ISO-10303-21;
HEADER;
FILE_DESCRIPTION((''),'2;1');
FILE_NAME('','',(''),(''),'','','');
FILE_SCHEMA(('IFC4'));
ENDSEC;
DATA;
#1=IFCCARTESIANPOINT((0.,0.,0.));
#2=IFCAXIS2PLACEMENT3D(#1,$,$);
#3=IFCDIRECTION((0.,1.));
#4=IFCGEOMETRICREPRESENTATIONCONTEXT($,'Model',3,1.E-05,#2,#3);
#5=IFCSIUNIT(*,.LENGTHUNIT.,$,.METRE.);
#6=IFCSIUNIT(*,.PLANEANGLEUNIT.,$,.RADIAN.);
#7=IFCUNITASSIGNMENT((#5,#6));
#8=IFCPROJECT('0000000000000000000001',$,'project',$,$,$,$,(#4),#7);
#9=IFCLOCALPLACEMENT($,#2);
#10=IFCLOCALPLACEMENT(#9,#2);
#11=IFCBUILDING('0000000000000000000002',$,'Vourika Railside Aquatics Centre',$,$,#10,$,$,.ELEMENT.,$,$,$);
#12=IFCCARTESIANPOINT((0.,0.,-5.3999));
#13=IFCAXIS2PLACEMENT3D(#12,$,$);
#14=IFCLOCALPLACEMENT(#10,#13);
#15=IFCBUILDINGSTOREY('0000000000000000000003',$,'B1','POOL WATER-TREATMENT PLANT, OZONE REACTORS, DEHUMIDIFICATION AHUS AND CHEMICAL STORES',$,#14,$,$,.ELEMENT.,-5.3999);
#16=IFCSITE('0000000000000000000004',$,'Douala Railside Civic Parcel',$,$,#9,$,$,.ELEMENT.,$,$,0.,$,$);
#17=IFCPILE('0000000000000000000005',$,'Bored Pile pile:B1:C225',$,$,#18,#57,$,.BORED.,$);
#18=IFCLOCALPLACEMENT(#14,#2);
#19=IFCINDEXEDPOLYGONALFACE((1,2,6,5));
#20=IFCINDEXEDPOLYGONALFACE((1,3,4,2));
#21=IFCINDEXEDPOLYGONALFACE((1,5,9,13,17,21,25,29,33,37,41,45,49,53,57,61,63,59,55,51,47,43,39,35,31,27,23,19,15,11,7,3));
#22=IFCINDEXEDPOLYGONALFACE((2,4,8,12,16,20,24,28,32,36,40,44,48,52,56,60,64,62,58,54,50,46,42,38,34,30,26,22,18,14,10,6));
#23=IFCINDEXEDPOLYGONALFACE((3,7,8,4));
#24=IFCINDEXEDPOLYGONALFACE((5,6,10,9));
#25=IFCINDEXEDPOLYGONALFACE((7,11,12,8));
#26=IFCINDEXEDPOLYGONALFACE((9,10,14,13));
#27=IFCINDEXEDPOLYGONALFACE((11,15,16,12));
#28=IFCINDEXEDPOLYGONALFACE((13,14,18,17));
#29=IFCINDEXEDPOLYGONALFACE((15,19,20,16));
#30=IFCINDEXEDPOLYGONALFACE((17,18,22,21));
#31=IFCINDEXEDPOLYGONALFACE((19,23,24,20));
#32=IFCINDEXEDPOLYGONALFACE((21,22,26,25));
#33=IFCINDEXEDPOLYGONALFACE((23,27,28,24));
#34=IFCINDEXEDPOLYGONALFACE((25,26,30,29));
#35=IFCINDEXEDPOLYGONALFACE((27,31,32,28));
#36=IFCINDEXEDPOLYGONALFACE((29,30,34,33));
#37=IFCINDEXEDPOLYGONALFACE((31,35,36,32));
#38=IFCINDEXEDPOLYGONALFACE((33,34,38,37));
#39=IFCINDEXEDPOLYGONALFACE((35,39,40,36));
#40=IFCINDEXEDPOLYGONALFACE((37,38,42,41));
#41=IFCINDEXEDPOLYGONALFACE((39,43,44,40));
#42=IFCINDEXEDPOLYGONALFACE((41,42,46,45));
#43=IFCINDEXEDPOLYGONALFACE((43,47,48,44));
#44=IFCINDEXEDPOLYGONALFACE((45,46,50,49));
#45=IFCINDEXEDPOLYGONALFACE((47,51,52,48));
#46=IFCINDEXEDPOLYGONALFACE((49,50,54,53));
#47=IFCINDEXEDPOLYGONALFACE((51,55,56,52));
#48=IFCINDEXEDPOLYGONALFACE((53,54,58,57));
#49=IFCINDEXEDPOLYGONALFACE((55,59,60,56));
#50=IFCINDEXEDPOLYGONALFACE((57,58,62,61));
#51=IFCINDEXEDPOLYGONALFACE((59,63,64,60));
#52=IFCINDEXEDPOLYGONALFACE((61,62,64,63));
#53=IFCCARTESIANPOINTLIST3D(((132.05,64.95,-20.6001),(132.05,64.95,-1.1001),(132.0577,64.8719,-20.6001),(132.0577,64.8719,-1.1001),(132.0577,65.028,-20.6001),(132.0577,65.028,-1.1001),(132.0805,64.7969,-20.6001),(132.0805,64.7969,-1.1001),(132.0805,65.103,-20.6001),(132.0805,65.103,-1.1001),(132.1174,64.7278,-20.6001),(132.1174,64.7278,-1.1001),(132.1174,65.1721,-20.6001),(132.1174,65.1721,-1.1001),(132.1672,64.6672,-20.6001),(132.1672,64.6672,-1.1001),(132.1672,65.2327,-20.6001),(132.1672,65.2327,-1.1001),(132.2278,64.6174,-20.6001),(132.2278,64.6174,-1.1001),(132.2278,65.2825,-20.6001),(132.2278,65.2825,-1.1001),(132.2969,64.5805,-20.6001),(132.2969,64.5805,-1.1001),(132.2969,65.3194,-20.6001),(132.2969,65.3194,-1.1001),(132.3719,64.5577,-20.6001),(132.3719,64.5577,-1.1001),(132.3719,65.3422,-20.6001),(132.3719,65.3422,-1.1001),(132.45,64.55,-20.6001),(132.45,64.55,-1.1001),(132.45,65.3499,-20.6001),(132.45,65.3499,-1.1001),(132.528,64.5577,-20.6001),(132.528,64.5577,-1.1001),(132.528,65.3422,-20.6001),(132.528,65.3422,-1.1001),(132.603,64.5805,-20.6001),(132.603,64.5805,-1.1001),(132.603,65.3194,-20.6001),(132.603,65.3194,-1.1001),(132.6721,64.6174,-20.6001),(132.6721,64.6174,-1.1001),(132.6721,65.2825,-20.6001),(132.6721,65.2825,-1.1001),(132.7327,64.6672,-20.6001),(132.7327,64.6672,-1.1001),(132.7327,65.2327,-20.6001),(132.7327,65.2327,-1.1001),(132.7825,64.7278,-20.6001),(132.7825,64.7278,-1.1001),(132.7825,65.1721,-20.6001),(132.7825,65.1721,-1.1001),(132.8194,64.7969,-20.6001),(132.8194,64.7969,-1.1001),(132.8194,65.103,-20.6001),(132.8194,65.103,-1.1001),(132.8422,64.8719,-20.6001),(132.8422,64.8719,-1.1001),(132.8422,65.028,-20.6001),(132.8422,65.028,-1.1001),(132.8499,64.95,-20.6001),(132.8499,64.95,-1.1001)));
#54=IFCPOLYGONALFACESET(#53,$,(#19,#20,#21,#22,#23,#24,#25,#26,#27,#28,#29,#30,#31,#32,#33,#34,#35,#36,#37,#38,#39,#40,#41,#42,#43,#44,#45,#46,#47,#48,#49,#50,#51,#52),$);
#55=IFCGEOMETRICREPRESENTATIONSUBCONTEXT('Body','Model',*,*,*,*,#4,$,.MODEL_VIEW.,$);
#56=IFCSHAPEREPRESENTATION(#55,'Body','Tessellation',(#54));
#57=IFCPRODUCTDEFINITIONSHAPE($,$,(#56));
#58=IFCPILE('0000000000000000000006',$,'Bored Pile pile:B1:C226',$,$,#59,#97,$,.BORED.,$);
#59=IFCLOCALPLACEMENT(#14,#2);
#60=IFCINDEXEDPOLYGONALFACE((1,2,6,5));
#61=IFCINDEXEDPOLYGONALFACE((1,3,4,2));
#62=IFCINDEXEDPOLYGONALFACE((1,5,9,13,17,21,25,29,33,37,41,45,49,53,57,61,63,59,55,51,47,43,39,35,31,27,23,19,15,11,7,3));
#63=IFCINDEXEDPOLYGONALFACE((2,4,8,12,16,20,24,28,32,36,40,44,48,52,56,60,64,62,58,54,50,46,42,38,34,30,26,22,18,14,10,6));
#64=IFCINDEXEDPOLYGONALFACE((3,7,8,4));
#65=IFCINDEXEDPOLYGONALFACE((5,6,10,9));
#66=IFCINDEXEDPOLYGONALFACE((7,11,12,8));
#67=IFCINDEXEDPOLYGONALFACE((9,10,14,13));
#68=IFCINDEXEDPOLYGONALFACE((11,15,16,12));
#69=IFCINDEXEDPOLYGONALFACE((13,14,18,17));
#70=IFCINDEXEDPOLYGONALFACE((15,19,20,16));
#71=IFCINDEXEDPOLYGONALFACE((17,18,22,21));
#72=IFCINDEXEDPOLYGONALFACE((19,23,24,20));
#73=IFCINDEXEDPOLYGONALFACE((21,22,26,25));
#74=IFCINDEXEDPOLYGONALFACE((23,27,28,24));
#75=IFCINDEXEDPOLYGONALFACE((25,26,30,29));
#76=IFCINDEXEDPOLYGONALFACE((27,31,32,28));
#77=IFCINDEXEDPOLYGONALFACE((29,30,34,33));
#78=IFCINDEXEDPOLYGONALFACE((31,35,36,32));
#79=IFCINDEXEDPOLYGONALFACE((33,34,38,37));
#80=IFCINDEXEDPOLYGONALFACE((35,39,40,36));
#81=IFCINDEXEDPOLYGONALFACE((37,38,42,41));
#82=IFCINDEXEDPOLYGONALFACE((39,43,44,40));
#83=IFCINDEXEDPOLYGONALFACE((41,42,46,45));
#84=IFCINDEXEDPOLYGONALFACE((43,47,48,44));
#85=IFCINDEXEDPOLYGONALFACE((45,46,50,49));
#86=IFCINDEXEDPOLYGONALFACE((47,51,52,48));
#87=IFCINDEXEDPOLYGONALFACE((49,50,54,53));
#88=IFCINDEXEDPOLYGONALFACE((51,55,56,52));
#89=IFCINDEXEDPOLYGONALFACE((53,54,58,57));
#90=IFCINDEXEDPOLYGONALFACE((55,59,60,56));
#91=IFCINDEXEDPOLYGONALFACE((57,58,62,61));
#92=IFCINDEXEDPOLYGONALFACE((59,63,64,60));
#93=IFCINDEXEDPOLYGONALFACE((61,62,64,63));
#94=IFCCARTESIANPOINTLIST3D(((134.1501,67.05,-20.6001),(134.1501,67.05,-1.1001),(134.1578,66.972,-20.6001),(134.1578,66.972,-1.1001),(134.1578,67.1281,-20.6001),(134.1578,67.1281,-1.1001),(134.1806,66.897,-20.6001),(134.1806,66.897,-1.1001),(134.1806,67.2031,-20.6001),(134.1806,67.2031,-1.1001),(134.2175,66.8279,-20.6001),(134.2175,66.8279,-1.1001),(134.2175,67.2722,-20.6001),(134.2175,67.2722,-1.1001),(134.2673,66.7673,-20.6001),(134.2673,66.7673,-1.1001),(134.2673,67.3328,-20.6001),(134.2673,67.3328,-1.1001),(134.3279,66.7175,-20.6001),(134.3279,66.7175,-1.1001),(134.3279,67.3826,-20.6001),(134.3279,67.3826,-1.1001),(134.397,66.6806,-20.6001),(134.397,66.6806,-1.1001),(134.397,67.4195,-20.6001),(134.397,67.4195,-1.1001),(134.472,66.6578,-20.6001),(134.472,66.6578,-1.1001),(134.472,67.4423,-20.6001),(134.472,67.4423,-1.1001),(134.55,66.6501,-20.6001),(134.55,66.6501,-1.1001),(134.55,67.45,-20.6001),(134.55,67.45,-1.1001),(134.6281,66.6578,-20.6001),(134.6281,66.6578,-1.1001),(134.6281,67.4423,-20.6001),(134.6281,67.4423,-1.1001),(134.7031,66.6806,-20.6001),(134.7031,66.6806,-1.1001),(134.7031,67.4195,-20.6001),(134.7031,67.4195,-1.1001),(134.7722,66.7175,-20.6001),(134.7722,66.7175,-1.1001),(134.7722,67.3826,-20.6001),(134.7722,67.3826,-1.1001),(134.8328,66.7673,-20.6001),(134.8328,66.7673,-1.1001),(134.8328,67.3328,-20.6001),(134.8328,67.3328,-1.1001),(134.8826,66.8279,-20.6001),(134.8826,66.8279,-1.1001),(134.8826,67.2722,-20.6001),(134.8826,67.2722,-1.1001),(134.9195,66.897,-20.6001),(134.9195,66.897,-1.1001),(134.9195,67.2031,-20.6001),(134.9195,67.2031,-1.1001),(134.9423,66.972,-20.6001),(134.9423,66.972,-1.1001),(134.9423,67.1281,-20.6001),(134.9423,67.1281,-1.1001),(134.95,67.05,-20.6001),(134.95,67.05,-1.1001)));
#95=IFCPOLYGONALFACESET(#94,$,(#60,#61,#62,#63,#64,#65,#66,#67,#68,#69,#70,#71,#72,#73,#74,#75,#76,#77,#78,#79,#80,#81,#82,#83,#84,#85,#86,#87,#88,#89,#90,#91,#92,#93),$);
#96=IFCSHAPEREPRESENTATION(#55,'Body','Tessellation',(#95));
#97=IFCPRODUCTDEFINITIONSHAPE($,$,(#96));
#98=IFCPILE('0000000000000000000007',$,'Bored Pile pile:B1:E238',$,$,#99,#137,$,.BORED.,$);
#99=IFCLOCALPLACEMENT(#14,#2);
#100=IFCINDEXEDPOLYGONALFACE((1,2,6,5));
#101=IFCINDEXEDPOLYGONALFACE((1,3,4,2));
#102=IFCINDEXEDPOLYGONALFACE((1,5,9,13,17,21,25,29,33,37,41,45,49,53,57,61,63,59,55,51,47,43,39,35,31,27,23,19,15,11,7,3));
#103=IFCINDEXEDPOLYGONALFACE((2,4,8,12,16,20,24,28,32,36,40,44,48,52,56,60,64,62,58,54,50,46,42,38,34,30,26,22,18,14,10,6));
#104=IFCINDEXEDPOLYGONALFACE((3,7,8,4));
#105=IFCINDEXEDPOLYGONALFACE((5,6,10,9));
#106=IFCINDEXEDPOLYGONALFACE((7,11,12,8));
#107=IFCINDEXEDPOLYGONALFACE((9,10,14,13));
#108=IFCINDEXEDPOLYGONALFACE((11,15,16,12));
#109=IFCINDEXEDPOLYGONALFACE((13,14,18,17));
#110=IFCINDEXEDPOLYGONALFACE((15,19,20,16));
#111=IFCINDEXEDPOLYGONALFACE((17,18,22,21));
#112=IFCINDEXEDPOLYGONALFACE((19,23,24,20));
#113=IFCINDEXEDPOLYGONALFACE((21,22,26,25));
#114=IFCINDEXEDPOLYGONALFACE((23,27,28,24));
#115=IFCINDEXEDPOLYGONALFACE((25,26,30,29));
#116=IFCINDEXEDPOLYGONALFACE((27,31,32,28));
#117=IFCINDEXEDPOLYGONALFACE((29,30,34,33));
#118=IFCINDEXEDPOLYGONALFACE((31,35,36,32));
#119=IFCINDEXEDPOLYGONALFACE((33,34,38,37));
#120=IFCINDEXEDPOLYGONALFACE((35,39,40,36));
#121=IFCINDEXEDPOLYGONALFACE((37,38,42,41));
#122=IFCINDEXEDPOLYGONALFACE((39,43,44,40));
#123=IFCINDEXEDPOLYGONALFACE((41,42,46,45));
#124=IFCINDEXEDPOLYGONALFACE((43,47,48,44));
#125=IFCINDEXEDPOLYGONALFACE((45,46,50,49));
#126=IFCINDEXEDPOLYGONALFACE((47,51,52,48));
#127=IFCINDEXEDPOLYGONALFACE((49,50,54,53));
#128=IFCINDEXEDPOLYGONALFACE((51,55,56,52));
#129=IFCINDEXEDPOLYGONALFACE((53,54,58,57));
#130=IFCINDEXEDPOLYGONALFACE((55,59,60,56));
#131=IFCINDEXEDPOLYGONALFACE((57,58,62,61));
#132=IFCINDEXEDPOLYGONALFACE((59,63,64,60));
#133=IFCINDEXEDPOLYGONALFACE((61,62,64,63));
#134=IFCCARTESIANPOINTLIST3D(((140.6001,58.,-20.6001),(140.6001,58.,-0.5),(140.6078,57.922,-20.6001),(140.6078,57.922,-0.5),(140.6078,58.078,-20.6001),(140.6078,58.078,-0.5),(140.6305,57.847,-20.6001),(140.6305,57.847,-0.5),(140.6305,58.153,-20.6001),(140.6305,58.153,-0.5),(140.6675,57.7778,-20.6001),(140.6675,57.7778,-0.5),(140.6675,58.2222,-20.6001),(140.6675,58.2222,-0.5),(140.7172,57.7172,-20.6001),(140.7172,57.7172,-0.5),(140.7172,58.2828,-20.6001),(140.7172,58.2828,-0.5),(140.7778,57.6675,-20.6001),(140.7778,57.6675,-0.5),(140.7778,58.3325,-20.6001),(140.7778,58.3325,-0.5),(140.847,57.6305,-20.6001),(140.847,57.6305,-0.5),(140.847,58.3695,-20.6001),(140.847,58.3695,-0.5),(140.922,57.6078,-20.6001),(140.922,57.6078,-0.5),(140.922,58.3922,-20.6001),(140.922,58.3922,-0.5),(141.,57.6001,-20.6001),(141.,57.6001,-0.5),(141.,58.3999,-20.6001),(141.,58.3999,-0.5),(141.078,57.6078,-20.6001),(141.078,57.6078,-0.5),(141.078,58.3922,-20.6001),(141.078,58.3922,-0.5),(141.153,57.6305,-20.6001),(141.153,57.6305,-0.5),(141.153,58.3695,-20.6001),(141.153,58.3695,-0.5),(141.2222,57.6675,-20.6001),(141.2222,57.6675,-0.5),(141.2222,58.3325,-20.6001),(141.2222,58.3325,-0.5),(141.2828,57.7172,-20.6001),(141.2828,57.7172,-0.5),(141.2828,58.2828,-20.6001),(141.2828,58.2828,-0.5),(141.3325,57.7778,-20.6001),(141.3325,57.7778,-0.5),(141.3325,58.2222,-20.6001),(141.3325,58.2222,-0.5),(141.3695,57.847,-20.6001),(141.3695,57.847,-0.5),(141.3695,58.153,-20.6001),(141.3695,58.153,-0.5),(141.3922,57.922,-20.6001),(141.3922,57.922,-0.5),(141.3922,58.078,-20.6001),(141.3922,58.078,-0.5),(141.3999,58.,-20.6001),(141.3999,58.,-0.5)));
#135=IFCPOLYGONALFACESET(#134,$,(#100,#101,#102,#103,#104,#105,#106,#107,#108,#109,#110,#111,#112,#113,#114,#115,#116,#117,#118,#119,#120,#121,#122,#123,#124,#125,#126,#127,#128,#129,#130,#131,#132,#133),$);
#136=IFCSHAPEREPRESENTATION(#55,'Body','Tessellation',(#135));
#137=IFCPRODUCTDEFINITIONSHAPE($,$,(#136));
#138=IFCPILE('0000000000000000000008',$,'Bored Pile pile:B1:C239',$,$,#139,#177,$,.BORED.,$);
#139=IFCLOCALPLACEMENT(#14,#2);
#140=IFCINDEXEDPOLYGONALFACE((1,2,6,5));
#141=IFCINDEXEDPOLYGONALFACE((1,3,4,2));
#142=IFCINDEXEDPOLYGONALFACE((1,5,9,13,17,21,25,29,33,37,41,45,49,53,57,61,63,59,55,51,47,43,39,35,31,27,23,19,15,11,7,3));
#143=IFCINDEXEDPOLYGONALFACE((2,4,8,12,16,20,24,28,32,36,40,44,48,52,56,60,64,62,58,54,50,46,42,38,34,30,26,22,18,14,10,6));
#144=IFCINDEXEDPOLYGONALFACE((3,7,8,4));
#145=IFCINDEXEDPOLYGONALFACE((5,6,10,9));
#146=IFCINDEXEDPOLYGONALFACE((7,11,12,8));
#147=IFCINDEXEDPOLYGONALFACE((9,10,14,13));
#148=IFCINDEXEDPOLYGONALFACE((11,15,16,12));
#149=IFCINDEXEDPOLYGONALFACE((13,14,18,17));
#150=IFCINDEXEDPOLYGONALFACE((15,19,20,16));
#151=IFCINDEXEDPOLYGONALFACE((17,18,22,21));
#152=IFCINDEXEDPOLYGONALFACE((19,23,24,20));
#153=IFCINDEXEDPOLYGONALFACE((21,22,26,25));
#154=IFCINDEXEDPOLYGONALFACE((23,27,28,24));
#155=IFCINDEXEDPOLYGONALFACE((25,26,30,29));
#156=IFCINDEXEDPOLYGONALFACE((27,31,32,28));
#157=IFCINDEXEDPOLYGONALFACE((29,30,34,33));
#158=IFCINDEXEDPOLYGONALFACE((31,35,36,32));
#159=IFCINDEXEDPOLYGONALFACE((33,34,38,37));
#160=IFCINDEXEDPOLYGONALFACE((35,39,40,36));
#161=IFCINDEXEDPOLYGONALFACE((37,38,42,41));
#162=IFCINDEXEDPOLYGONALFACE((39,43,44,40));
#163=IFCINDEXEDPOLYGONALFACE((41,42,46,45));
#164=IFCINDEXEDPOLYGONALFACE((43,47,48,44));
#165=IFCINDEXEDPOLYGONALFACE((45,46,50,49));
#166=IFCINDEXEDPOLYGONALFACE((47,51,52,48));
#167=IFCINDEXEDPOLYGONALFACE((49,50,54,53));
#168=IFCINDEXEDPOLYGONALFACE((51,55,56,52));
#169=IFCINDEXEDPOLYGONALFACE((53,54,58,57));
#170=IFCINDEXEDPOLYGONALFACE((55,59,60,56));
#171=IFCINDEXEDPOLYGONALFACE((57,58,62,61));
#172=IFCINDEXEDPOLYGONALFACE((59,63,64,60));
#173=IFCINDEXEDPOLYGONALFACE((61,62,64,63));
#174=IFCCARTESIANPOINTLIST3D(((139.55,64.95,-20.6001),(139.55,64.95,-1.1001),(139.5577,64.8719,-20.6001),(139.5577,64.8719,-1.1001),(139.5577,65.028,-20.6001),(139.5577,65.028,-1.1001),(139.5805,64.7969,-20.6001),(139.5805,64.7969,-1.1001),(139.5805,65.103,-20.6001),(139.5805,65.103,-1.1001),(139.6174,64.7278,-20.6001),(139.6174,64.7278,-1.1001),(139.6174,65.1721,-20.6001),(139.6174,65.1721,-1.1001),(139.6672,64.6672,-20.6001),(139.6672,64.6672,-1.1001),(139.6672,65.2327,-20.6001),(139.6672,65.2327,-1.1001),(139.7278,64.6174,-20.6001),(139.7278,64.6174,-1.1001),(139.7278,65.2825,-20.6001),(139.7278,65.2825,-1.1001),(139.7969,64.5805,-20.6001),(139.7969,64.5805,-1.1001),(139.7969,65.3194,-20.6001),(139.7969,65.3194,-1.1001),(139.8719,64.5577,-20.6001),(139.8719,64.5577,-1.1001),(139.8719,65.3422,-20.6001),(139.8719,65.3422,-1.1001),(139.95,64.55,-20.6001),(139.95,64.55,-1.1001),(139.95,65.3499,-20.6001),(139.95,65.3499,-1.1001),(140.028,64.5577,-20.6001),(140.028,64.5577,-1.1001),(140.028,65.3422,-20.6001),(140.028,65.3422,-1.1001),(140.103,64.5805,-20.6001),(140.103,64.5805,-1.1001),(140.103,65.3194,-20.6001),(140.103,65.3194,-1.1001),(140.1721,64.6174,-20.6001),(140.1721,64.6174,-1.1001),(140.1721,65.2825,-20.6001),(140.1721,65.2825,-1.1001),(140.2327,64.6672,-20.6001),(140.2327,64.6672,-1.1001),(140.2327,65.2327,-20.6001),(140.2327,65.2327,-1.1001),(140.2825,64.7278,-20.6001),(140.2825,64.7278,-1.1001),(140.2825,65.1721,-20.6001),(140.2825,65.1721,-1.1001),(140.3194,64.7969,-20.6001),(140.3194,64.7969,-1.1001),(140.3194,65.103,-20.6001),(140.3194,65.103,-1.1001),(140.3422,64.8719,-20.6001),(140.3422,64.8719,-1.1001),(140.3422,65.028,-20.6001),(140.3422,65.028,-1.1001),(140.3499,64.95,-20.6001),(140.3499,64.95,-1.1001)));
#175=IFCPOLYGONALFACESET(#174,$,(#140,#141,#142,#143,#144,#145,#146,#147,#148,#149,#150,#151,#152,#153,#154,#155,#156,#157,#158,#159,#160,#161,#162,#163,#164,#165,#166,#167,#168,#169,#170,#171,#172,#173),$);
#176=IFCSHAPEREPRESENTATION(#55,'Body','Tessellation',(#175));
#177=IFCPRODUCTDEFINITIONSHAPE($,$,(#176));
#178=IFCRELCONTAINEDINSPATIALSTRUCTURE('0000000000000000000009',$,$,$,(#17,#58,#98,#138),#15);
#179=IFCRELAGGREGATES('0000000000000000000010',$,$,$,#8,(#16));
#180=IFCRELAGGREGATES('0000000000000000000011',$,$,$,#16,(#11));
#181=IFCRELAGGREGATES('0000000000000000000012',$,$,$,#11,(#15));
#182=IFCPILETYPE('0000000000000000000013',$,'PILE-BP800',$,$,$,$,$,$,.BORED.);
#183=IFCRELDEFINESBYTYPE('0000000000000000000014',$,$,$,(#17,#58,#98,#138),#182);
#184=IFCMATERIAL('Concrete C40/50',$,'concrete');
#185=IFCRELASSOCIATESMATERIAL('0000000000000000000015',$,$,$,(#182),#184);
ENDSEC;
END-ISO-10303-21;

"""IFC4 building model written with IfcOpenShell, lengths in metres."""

from ifc_helpers import new_model, si_unit, direction, frame, origin, origin_2d, place, context, subcontext, project, spatial, circle, extrude, material, material_profile, profile_set, type_object, element, save


model = new_model("IFC4")

# Units and contexts
model_context = context("Model", 3, precision=1e-05, world=origin(), true_north=direction((0.0, 1.0)))
body_context = subcontext(model_context, "Body", "Model", "MODEL_VIEW")
ifc_project = project(units=[si_unit("LENGTHUNIT", "METRE"), si_unit("PLANEANGLEUNIT", "RADIAN")], contexts=[model_context])

# Site, building, storey
site_placement = place(None, origin())
site = spatial("IfcSite", under=ifc_project, at=site_placement, Name="Douala Railside Civic Parcel", CompositionType="ELEMENT", RefElevation=0.0)
building_placement = place(site_placement, origin())
building = spatial("IfcBuilding", under=site, at=building_placement, Name="Vourika Railside Aquatics Centre", CompositionType="ELEMENT")
storey_placement = place(building_placement, frame((0.0, 0.0, -5.3999)))
storey = spatial("IfcBuildingStorey", under=building, at=storey_placement, Name="B1", Description="POOL WATER-TREATMENT PLANT, OZONE REACTORS, DEHUMIDIFICATION AHUS AND CHEMICAL STORES", CompositionType="ELEMENT", Elevation=-5.3999)

# Shared definitions
ifc_material_1 = material(Name="Concrete C40/50", Category="concrete")

# Piles
ifc_material_profile_1 = material_profile(ifc_material_1, circle(Radius=0.3999, at=origin_2d()), Name="BP 800")
ifc_profile_set_1 = profile_set([ifc_material_profile_1], Name="Concrete C40/50")
pile_type_1 = type_object("IfcPileType", Name="PILE-BP800", PredefinedType="BORED", material=ifc_profile_set_1)
for number, where, z_axis, x_axis, name in (
    (1, (132.45, 64.95, -1.1001), (0.0, 0.0, -1.0), (1.0, 0.0, 0.0), "Bored Pile pile:B1:C225"),
    (2, (134.55, 67.05, -1.1001), (0.0, 0.0, -1.0), (1.0, 0.0, 0.0), "Bored Pile pile:B1:C226"),
):
    element("IfcPile", number, at=place(storey_placement, frame(where, z_axis=z_axis, x_axis=x_axis)), inside=storey, type_object=pile_type_1, Name=name, PredefinedType="BORED", context=body_context, shape_type="SweptSolid", body=[
        extrude(circle(Radius=0.3999, at=origin_2d()), origin(), (0.0, 0.0, 1.0), 19.5),
    ])
pile_1_placement = place(storey_placement, frame((141.0, 58.0, -0.5), z_axis=(0.0, 0.0, -1.0), x_axis=(1.0, 0.0, 0.0)))
element("IfcPile", 3, at=pile_1_placement, inside=storey, type_object=pile_type_1, Name="Bored Pile pile:B1:E238", PredefinedType="BORED", context=body_context, shape_type="SweptSolid", body=[
    extrude(circle(Radius=0.3999, at=origin_2d()), origin(), (0.0, 0.0, 1.0), 20.1001),
])
for number, where, z_axis, x_axis, name in (
    (4, (139.95, 64.95, -1.1001), (0.0, 0.0, -1.0), (1.0, 0.0, 0.0), "Bored Pile pile:B1:C239"),
):
    element("IfcPile", number, at=place(storey_placement, frame(where, z_axis=z_axis, x_axis=x_axis)), inside=storey, type_object=pile_type_1, Name=name, PredefinedType="BORED", context=body_context, shape_type="SweptSolid", body=[
        extrude(circle(Radius=0.3999, at=origin_2d()), origin(), (0.0, 0.0, 1.0), 19.5),
    ])

save(model, "model.ifc")
